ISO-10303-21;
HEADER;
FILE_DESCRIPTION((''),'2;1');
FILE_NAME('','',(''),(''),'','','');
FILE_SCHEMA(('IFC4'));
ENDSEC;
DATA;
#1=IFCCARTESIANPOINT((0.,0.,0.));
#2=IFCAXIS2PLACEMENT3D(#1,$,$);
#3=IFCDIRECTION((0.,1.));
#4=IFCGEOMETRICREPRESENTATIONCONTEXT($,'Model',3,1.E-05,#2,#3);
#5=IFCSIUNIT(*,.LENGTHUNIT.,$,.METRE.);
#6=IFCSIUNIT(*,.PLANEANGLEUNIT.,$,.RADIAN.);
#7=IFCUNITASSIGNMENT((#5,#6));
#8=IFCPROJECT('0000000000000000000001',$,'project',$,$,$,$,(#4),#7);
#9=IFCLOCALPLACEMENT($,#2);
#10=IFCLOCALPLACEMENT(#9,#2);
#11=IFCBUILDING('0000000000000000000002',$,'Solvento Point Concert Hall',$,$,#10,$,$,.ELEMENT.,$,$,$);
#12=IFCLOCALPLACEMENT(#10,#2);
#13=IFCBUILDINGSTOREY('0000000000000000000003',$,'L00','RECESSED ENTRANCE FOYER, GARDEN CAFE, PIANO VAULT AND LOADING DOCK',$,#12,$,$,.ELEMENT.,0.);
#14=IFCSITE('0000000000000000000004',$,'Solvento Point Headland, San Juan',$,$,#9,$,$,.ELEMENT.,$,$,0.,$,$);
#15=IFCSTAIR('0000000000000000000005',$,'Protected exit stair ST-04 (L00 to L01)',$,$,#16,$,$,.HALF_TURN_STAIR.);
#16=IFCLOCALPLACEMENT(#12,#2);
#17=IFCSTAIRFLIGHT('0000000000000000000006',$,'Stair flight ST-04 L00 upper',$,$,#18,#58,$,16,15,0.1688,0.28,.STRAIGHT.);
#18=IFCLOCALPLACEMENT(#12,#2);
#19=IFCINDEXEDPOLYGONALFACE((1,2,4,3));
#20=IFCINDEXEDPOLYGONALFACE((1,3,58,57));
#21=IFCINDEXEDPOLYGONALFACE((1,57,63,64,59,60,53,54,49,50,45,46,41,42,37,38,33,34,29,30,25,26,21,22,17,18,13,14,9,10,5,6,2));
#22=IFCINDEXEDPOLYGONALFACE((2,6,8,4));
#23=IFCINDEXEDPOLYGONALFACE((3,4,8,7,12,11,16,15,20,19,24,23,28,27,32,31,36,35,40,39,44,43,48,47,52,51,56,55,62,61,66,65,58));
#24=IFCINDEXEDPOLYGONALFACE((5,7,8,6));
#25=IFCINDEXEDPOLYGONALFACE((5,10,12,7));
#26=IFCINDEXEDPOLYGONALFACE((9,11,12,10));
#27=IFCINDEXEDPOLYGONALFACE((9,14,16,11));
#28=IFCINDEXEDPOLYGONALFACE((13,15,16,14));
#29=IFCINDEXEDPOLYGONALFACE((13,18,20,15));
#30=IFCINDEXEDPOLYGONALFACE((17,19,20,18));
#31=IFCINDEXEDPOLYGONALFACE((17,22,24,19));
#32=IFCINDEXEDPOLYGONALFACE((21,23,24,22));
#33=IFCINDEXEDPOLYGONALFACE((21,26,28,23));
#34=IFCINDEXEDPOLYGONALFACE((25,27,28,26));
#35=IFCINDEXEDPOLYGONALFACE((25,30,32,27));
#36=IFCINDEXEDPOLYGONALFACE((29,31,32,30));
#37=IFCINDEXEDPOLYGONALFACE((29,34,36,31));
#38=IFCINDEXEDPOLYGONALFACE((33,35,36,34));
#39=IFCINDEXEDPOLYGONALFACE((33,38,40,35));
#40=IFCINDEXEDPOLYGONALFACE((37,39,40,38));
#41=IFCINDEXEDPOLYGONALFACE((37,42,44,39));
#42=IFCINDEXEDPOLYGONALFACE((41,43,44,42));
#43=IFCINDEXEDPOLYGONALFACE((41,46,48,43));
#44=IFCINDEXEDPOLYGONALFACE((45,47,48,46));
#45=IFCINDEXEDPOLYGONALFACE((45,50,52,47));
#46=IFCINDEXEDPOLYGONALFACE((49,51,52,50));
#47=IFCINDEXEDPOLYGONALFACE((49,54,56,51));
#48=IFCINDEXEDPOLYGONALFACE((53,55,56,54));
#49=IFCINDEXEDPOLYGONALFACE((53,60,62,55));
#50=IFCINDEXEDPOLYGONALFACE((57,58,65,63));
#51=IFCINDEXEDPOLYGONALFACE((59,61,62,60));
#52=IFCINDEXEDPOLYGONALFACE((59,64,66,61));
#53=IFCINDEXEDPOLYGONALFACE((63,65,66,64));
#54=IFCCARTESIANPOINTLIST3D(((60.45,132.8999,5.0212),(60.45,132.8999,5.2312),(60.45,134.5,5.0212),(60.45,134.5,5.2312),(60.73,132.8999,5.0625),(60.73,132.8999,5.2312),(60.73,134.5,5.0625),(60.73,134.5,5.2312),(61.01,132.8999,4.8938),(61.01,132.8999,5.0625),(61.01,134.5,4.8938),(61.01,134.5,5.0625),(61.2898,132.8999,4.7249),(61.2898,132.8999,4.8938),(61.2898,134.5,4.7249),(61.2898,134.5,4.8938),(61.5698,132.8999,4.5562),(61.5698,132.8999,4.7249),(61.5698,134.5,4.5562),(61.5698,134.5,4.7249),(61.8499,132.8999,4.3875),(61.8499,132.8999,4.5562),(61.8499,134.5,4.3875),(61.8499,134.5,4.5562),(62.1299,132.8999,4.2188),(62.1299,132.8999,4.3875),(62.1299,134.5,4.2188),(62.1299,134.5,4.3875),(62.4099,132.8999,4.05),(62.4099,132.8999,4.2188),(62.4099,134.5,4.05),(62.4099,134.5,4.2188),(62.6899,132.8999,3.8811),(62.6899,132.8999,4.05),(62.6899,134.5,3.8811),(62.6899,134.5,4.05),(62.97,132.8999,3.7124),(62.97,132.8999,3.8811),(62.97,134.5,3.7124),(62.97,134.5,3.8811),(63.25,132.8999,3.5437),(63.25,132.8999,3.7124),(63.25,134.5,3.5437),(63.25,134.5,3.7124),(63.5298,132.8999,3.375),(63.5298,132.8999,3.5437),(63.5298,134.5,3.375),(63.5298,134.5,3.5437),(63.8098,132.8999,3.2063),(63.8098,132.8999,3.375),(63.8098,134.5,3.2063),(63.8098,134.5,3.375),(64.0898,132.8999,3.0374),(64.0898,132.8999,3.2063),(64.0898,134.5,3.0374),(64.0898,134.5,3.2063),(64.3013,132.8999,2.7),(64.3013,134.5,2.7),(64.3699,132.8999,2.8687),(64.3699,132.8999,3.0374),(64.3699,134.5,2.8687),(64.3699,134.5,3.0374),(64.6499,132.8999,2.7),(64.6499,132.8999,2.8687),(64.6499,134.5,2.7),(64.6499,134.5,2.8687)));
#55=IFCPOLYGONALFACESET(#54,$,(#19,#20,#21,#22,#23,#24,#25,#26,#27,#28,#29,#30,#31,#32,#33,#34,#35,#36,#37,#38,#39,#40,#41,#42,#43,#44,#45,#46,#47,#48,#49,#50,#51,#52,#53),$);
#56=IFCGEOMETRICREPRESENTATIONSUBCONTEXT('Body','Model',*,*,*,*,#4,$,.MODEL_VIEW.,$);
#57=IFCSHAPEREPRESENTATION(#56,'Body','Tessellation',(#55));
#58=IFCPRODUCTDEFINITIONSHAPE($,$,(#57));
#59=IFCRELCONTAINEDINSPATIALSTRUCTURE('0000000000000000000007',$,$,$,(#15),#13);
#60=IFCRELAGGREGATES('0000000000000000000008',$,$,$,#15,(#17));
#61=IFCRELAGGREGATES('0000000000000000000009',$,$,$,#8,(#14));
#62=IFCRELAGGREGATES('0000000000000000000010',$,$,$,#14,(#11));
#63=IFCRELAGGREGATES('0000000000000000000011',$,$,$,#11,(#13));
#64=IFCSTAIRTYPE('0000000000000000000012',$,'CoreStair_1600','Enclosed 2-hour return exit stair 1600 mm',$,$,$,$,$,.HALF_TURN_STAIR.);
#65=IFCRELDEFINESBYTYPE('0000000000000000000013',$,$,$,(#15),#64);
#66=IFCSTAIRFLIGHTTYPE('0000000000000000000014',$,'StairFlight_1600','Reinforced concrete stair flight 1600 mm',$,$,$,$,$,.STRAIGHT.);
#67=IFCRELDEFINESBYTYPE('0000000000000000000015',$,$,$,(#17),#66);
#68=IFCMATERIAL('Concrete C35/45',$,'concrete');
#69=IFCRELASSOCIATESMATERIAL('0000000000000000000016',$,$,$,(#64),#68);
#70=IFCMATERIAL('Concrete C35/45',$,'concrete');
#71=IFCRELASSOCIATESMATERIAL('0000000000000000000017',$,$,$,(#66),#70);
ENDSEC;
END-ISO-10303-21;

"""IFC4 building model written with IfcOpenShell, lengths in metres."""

from ifc_helpers import new_model, si_unit, direction, frame, origin, place, context, subcontext, project, spatial, polyline, outline, extrude, material, type_object, element, aggregate, save


model = new_model("IFC4")

# Units and contexts
model_context = context("Model", 3, precision=1e-05, world=origin(), true_north=direction((0.0, 1.0)))
body_context = subcontext(model_context, "Body", "Model", "MODEL_VIEW")
ifc_project = project(units=[si_unit("LENGTHUNIT", "METRE"), si_unit("PLANEANGLEUNIT", "RADIAN")], contexts=[model_context])

# Site, building, storey
site_placement = place(None, origin())
site = spatial("IfcSite", under=ifc_project, at=site_placement, Name="Solvento Point Headland, San Juan", CompositionType="ELEMENT", RefElevation=0.0)
building_placement = place(site_placement, origin())
building = spatial("IfcBuilding", under=site, at=building_placement, Name="Solvento Point Concert Hall", CompositionType="ELEMENT")
storey_placement = place(building_placement, origin())
storey = spatial("IfcBuildingStorey", under=building, at=storey_placement, Name="L00", Description="RECESSED ENTRANCE FOYER, GARDEN CAFE, PIANO VAULT AND LOADING DOCK", CompositionType="ELEMENT", Elevation=0.0)

# Stair, stair flight
ifc_material_1 = material(Name="Concrete C35/45", Category="concrete")
stair_type = type_object("IfcStairType", Name="CoreStair_1600", Description="Enclosed 2-hour return exit stair 1600 mm", PredefinedType="HALF_TURN_STAIR", material=ifc_material_1)
stair_placement = place(storey_placement, origin())
stair = element("IfcStair", 1, at=stair_placement, inside=storey, type_object=stair_type, Name="Protected exit stair ST-04 (L00 to L01)", PredefinedType="HALF_TURN_STAIR")
ifc_material_2 = material(Name="Concrete C35/45", Category="concrete")
stair_flight_type = type_object("IfcStairFlightType", Name="StairFlight_1600", Description="Reinforced concrete stair flight 1600 mm", PredefinedType="STRAIGHT", material=ifc_material_2)
stair_flight_placement = place(storey_placement, frame((64.6499, 133.7, 2.7), z_axis=(0.0, 0.0, 1.0), x_axis=(-1.0, 0.0, 0.0)))
stair_flight = element("IfcStairFlight", 2, at=stair_flight_placement, type_object=stair_flight_type, Name="Stair flight ST-04 L00 upper", NumberOfRisers=16, NumberOfTreads=15, PredefinedType="STRAIGHT", RiserHeight=0.1688, TreadLength=0.28, context=body_context, shape_type="SweptSolid", body=[
    extrude(outline(polyline([(0.0, 0.0), (0.0, 0.1687), (0.28, 0.1687), (0.28, 0.3374), (0.5601, 0.3374), (0.5601, 0.5063), (0.8401, 0.5063), (0.8401, 0.675), (1.1201, 0.675), (1.1201, 0.8438), (1.3999, 0.8438), (1.3999, 1.0125), (1.6799, 1.0125), (1.6799, 1.1812), (1.96, 1.1812), (1.96, 1.3501), (2.24, 1.3501), (2.24, 1.5188), (2.52, 1.5188), (2.52, 1.6875), (2.8, 1.6875), (2.8, 1.8562), (3.0801, 1.8562), (3.0801, 2.0249), (3.3601, 2.0249), (3.3601, 2.1938), (3.6399, 2.1938), (3.6399, 2.3625), (3.9199, 2.3625), (3.9199, 2.5312), (4.2, 2.5312), (4.2, 2.7), (4.2, 2.3213), (0.3486, 0.0), (0.0, 0.0)])), frame((0.0, 0.8, 0.0), z_axis=(0.0, -1.0, 0.0), x_axis=(1.0, 0.0, 0.0)), (0.0, 0.0, 1.0), 1.6001),
])
aggregate(stair, [stair_flight])

save(model, "model.ifc")
